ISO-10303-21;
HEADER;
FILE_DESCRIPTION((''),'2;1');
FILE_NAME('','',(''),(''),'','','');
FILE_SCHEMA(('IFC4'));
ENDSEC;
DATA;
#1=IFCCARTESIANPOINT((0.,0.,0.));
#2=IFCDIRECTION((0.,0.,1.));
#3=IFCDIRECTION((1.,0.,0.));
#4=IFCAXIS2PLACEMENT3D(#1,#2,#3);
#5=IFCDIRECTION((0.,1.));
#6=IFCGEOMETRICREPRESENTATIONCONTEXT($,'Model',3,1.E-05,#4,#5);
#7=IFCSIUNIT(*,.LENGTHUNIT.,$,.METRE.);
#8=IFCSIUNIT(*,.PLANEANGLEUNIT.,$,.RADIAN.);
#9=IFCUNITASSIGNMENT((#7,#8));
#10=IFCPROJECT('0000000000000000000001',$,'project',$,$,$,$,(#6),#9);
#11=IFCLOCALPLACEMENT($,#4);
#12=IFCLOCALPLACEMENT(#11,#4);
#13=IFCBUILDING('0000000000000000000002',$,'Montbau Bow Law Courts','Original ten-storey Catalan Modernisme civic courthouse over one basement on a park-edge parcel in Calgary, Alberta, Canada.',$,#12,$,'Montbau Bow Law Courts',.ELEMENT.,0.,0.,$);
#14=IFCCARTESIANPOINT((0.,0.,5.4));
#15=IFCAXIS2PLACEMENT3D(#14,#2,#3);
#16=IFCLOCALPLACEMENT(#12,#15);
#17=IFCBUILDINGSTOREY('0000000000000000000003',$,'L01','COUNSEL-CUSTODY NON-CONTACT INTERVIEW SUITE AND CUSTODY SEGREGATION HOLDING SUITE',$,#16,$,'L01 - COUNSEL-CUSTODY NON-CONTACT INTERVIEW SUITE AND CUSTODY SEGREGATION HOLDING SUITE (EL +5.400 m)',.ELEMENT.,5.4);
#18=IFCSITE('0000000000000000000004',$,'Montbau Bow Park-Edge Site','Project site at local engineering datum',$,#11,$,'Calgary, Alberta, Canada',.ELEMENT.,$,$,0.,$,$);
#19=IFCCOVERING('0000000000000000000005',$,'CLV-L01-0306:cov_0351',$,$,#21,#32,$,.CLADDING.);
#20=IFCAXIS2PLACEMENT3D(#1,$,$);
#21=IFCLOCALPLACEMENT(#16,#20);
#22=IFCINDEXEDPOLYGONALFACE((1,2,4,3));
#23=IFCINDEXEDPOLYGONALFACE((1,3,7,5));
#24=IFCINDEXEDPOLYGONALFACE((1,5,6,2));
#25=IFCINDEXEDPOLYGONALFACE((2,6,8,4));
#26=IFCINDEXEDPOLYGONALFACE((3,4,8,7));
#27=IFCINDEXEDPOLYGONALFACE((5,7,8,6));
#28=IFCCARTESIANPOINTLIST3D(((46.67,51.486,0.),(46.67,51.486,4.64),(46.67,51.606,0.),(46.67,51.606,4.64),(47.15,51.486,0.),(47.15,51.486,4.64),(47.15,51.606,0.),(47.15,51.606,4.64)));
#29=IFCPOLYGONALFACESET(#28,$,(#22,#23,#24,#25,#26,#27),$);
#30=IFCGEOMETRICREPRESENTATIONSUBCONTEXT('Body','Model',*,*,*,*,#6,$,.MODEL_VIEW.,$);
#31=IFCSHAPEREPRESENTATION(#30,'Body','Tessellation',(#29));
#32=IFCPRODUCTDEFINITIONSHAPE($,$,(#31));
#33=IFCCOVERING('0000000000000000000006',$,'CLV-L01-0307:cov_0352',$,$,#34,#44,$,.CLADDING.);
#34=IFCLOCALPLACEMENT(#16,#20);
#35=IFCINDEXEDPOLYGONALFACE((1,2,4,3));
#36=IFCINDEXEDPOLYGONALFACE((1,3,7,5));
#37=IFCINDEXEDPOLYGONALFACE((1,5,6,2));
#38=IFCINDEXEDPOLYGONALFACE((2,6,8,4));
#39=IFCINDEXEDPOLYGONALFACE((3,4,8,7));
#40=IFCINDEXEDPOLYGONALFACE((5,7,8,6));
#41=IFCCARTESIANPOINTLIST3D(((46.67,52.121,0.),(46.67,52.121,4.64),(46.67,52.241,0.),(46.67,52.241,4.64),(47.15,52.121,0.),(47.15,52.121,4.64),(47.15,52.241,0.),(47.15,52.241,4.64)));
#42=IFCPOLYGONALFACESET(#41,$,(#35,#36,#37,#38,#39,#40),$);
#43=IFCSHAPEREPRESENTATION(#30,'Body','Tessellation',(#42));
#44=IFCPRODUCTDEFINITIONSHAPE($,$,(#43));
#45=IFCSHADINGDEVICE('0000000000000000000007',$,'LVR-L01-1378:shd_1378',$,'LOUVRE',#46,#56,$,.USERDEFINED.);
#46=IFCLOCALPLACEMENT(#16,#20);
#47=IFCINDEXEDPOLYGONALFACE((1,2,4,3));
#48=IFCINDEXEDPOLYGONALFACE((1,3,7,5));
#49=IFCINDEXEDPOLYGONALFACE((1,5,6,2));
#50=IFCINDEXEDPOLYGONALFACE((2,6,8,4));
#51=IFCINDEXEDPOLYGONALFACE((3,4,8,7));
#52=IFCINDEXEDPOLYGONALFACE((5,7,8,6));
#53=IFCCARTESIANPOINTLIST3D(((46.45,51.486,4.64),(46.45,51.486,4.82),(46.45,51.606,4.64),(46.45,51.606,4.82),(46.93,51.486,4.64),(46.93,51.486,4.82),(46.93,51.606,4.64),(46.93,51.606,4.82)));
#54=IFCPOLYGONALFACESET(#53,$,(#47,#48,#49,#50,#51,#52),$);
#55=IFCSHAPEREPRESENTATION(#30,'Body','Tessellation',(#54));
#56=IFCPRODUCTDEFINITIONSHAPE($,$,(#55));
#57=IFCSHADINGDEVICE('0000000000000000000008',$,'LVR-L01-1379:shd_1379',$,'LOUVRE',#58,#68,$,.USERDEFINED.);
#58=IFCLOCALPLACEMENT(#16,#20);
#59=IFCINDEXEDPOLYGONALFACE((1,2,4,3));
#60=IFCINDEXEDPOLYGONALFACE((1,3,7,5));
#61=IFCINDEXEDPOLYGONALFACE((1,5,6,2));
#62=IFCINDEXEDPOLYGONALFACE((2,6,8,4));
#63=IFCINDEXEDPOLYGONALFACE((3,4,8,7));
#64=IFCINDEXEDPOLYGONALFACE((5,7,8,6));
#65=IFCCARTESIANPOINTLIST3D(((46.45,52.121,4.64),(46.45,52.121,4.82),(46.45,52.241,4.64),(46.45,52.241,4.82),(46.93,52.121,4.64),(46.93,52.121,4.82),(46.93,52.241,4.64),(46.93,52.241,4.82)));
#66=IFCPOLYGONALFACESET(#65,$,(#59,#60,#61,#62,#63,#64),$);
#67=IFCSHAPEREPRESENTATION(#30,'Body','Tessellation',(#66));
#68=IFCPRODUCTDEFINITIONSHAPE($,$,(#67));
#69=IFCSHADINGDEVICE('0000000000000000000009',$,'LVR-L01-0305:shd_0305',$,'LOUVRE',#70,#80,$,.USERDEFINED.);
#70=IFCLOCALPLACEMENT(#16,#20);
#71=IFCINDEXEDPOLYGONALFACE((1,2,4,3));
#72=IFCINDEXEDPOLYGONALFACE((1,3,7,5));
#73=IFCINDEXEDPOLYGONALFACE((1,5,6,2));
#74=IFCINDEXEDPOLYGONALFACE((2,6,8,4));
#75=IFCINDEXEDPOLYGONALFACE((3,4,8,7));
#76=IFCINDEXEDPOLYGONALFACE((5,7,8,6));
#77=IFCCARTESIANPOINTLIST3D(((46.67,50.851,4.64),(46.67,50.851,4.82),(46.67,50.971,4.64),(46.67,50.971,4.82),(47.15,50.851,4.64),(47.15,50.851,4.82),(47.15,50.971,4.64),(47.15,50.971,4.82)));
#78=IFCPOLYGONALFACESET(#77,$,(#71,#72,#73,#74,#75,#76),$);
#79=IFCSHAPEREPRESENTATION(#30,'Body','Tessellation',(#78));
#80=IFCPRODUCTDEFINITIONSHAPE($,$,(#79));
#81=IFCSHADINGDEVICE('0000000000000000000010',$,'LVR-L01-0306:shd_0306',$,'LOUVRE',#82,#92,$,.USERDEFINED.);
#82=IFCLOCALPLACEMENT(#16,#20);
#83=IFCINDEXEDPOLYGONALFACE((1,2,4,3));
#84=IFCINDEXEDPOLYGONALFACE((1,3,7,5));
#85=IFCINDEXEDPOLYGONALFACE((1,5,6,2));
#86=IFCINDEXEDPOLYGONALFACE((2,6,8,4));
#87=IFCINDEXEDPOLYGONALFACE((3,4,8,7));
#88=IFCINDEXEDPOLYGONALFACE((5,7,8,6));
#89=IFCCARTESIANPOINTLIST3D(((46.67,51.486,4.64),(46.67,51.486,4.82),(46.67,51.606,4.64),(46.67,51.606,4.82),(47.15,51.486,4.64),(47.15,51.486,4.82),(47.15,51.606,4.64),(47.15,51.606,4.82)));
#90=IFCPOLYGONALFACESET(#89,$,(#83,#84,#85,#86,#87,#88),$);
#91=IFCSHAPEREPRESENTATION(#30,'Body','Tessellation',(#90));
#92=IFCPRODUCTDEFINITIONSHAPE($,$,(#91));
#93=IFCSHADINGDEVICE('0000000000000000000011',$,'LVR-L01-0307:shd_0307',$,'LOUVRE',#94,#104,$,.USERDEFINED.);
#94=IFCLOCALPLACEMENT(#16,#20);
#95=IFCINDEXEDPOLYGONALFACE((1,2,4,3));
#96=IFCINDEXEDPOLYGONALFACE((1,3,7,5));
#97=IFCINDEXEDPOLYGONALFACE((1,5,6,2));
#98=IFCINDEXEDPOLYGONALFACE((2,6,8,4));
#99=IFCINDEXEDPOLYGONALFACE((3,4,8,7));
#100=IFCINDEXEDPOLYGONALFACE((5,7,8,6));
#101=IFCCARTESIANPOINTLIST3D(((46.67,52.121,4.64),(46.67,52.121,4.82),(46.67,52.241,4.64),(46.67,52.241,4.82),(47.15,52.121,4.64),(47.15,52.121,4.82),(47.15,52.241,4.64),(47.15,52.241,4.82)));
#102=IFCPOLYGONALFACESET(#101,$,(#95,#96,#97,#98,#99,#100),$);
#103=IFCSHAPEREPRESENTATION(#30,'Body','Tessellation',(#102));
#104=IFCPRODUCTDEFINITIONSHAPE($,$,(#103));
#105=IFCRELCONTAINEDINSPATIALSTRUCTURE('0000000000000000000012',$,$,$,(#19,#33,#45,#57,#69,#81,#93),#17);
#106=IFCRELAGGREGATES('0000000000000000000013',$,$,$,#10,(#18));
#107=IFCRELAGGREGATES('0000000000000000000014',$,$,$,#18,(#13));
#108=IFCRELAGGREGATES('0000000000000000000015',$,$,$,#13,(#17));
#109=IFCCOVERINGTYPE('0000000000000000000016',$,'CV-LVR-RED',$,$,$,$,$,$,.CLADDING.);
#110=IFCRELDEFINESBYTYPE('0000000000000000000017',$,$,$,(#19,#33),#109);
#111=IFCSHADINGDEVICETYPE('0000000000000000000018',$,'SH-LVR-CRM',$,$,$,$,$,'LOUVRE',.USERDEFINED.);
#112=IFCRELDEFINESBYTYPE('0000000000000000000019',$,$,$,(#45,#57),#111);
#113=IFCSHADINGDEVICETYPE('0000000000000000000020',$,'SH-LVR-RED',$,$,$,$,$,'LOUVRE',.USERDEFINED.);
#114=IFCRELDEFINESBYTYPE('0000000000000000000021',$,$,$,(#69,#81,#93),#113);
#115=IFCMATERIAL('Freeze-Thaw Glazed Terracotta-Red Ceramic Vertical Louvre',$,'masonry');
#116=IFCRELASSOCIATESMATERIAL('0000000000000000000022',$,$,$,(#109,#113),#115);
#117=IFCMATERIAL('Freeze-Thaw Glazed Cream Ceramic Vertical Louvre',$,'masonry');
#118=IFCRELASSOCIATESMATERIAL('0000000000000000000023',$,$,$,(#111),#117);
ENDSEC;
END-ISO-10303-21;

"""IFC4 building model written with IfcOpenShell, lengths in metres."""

from ifc_helpers import new_model, si_unit, direction, frame, frame_2d, origin_with_axes, origin_2d_with_axis, place, context, subcontext, project, spatial, rectangle, extrude, material, type_object, element, save


model = new_model("IFC4")

# Units and contexts
model_context = context("Model", 3, precision=1e-05, world=origin_with_axes(), true_north=direction((0.0, 1.0)))
body_context = subcontext(model_context, "Body", "Model", "MODEL_VIEW")
ifc_project = project(units=[si_unit("LENGTHUNIT", "METRE"), si_unit("PLANEANGLEUNIT", "RADIAN")], contexts=[model_context])

# Site, building, storey
site_placement = place(None, origin_with_axes())
site = spatial("IfcSite", under=ifc_project, at=site_placement, Name="Montbau Bow Park-Edge Site", Description="Project site at local engineering datum", LongName="Calgary, Alberta, Canada", CompositionType="ELEMENT", RefElevation=0.0)
building_placement = place(site_placement, origin_with_axes())
building = spatial("IfcBuilding", under=site, at=building_placement, Name="Montbau Bow Law Courts", Description="Original ten-storey Catalan Modernisme civic courthouse over one basement on a park-edge parcel in Calgary, Alberta, Canada.", LongName="Montbau Bow Law Courts", CompositionType="ELEMENT", ElevationOfRefHeight=0.0, ElevationOfTerrain=0.0)
storey_placement = place(building_placement, frame((0.0, 0.0, 5.4), z_axis=(0.0, 0.0, 1.0), x_axis=(1.0, 0.0, 0.0)))
storey = spatial("IfcBuildingStorey", under=building, at=storey_placement, Name="L01", Description="COUNSEL-CUSTODY NON-CONTACT INTERVIEW SUITE AND CUSTODY SEGREGATION HOLDING SUITE", LongName="L01 - COUNSEL-CUSTODY NON-CONTACT INTERVIEW SUITE AND CUSTODY SEGREGATION HOLDING SUITE (EL +5.400 m)", CompositionType="ELEMENT", Elevation=5.4)

# Coverings
ifc_material_1 = material(Name="Freeze-Thaw Glazed Terracotta-Red Ceramic Vertical Louvre", Category="masonry")
covering_type_1 = type_object("IfcCoveringType", Name="CV-LVR-RED", PredefinedType="CLADDING", material=ifc_material_1)
for number, where, z_axis, x_axis, name in (
    (1, (46.67, 51.546, 5.4), (0.0, -1.0, 0.0), (1.0, 0.0, 0.0), "CLV-L01-0306:cov_0351"),
    (2, (46.67, 52.181, 5.4), (0.0, -1.0, 0.0), (1.0, 0.0, 0.0), "CLV-L01-0307:cov_0352"),
):
    element("IfcCovering", number, at=place(None, frame(where, z_axis=z_axis, x_axis=x_axis)), inside=storey, type_object=covering_type_1, Name=name, PredefinedType="CLADDING", context=body_context, shape_type="SweptSolid", body=[
        extrude(rectangle(XDim=0.48, YDim=4.64, at=frame_2d((0.24, 2.32), x_axis=(1.0, 0.0))), frame((0.0, 0.0, -0.06), z_axis=(0.0, 0.0, 1.0), x_axis=(1.0, 0.0, 0.0)), (0.0, 0.0, 1.0), 0.12),
    ])

# Shading devices
ifc_material_2 = material(Name="Freeze-Thaw Glazed Cream Ceramic Vertical Louvre", Category="masonry")
shading_device_type_1 = type_object("IfcShadingDeviceType", Name="SH-LVR-CRM", ElementType="LOUVRE", PredefinedType="USERDEFINED", material=ifc_material_2)
for number, where, z_axis, x_axis, name in (
    (3, (46.69, 51.546, 10.04), (0.0, 0.0, 1.0), (-1.0, 0.0, 0.0), "LVR-L01-1378:shd_1378"),
    (4, (46.69, 52.181, 10.04), (0.0, 0.0, 1.0), (-1.0, 0.0, 0.0), "LVR-L01-1379:shd_1379"),
):
    element("IfcShadingDevice", number, at=place(None, frame(where, z_axis=z_axis, x_axis=x_axis)), inside=storey, type_object=shading_device_type_1, Name=name, ObjectType="LOUVRE", PredefinedType="USERDEFINED", context=body_context, shape_type="SweptSolid", body=[
        extrude(rectangle(XDim=0.48, YDim=0.12, at=origin_2d_with_axis()), origin_with_axes(), (0.0, 0.0, 1.0), 0.18),
    ])
shading_device_type_2 = type_object("IfcShadingDeviceType", Name="SH-LVR-RED", ElementType="LOUVRE", PredefinedType="USERDEFINED", material=ifc_material_1)
for number, where, z_axis, x_axis, name in (
    (5, (46.91, 50.911, 10.04), (0.0, 0.0, 1.0), (1.0, 0.0, 0.0), "LVR-L01-0305:shd_0305"),
    (6, (46.91, 51.546, 10.04), (0.0, 0.0, 1.0), (1.0, 0.0, 0.0), "LVR-L01-0306:shd_0306"),
    (7, (46.91, 52.181, 10.04), (0.0, 0.0, 1.0), (1.0, 0.0, 0.0), "LVR-L01-0307:shd_0307"),
):
    element("IfcShadingDevice", number, at=place(None, frame(where, z_axis=z_axis, x_axis=x_axis)), inside=storey, type_object=shading_device_type_2, Name=name, ObjectType="LOUVRE", PredefinedType="USERDEFINED", context=body_context, shape_type="SweptSolid", body=[
        extrude(rectangle(XDim=0.48, YDim=0.12, at=origin_2d_with_axis()), origin_with_axes(), (0.0, 0.0, 1.0), 0.18),
    ])

save(model, "model.ifc")
